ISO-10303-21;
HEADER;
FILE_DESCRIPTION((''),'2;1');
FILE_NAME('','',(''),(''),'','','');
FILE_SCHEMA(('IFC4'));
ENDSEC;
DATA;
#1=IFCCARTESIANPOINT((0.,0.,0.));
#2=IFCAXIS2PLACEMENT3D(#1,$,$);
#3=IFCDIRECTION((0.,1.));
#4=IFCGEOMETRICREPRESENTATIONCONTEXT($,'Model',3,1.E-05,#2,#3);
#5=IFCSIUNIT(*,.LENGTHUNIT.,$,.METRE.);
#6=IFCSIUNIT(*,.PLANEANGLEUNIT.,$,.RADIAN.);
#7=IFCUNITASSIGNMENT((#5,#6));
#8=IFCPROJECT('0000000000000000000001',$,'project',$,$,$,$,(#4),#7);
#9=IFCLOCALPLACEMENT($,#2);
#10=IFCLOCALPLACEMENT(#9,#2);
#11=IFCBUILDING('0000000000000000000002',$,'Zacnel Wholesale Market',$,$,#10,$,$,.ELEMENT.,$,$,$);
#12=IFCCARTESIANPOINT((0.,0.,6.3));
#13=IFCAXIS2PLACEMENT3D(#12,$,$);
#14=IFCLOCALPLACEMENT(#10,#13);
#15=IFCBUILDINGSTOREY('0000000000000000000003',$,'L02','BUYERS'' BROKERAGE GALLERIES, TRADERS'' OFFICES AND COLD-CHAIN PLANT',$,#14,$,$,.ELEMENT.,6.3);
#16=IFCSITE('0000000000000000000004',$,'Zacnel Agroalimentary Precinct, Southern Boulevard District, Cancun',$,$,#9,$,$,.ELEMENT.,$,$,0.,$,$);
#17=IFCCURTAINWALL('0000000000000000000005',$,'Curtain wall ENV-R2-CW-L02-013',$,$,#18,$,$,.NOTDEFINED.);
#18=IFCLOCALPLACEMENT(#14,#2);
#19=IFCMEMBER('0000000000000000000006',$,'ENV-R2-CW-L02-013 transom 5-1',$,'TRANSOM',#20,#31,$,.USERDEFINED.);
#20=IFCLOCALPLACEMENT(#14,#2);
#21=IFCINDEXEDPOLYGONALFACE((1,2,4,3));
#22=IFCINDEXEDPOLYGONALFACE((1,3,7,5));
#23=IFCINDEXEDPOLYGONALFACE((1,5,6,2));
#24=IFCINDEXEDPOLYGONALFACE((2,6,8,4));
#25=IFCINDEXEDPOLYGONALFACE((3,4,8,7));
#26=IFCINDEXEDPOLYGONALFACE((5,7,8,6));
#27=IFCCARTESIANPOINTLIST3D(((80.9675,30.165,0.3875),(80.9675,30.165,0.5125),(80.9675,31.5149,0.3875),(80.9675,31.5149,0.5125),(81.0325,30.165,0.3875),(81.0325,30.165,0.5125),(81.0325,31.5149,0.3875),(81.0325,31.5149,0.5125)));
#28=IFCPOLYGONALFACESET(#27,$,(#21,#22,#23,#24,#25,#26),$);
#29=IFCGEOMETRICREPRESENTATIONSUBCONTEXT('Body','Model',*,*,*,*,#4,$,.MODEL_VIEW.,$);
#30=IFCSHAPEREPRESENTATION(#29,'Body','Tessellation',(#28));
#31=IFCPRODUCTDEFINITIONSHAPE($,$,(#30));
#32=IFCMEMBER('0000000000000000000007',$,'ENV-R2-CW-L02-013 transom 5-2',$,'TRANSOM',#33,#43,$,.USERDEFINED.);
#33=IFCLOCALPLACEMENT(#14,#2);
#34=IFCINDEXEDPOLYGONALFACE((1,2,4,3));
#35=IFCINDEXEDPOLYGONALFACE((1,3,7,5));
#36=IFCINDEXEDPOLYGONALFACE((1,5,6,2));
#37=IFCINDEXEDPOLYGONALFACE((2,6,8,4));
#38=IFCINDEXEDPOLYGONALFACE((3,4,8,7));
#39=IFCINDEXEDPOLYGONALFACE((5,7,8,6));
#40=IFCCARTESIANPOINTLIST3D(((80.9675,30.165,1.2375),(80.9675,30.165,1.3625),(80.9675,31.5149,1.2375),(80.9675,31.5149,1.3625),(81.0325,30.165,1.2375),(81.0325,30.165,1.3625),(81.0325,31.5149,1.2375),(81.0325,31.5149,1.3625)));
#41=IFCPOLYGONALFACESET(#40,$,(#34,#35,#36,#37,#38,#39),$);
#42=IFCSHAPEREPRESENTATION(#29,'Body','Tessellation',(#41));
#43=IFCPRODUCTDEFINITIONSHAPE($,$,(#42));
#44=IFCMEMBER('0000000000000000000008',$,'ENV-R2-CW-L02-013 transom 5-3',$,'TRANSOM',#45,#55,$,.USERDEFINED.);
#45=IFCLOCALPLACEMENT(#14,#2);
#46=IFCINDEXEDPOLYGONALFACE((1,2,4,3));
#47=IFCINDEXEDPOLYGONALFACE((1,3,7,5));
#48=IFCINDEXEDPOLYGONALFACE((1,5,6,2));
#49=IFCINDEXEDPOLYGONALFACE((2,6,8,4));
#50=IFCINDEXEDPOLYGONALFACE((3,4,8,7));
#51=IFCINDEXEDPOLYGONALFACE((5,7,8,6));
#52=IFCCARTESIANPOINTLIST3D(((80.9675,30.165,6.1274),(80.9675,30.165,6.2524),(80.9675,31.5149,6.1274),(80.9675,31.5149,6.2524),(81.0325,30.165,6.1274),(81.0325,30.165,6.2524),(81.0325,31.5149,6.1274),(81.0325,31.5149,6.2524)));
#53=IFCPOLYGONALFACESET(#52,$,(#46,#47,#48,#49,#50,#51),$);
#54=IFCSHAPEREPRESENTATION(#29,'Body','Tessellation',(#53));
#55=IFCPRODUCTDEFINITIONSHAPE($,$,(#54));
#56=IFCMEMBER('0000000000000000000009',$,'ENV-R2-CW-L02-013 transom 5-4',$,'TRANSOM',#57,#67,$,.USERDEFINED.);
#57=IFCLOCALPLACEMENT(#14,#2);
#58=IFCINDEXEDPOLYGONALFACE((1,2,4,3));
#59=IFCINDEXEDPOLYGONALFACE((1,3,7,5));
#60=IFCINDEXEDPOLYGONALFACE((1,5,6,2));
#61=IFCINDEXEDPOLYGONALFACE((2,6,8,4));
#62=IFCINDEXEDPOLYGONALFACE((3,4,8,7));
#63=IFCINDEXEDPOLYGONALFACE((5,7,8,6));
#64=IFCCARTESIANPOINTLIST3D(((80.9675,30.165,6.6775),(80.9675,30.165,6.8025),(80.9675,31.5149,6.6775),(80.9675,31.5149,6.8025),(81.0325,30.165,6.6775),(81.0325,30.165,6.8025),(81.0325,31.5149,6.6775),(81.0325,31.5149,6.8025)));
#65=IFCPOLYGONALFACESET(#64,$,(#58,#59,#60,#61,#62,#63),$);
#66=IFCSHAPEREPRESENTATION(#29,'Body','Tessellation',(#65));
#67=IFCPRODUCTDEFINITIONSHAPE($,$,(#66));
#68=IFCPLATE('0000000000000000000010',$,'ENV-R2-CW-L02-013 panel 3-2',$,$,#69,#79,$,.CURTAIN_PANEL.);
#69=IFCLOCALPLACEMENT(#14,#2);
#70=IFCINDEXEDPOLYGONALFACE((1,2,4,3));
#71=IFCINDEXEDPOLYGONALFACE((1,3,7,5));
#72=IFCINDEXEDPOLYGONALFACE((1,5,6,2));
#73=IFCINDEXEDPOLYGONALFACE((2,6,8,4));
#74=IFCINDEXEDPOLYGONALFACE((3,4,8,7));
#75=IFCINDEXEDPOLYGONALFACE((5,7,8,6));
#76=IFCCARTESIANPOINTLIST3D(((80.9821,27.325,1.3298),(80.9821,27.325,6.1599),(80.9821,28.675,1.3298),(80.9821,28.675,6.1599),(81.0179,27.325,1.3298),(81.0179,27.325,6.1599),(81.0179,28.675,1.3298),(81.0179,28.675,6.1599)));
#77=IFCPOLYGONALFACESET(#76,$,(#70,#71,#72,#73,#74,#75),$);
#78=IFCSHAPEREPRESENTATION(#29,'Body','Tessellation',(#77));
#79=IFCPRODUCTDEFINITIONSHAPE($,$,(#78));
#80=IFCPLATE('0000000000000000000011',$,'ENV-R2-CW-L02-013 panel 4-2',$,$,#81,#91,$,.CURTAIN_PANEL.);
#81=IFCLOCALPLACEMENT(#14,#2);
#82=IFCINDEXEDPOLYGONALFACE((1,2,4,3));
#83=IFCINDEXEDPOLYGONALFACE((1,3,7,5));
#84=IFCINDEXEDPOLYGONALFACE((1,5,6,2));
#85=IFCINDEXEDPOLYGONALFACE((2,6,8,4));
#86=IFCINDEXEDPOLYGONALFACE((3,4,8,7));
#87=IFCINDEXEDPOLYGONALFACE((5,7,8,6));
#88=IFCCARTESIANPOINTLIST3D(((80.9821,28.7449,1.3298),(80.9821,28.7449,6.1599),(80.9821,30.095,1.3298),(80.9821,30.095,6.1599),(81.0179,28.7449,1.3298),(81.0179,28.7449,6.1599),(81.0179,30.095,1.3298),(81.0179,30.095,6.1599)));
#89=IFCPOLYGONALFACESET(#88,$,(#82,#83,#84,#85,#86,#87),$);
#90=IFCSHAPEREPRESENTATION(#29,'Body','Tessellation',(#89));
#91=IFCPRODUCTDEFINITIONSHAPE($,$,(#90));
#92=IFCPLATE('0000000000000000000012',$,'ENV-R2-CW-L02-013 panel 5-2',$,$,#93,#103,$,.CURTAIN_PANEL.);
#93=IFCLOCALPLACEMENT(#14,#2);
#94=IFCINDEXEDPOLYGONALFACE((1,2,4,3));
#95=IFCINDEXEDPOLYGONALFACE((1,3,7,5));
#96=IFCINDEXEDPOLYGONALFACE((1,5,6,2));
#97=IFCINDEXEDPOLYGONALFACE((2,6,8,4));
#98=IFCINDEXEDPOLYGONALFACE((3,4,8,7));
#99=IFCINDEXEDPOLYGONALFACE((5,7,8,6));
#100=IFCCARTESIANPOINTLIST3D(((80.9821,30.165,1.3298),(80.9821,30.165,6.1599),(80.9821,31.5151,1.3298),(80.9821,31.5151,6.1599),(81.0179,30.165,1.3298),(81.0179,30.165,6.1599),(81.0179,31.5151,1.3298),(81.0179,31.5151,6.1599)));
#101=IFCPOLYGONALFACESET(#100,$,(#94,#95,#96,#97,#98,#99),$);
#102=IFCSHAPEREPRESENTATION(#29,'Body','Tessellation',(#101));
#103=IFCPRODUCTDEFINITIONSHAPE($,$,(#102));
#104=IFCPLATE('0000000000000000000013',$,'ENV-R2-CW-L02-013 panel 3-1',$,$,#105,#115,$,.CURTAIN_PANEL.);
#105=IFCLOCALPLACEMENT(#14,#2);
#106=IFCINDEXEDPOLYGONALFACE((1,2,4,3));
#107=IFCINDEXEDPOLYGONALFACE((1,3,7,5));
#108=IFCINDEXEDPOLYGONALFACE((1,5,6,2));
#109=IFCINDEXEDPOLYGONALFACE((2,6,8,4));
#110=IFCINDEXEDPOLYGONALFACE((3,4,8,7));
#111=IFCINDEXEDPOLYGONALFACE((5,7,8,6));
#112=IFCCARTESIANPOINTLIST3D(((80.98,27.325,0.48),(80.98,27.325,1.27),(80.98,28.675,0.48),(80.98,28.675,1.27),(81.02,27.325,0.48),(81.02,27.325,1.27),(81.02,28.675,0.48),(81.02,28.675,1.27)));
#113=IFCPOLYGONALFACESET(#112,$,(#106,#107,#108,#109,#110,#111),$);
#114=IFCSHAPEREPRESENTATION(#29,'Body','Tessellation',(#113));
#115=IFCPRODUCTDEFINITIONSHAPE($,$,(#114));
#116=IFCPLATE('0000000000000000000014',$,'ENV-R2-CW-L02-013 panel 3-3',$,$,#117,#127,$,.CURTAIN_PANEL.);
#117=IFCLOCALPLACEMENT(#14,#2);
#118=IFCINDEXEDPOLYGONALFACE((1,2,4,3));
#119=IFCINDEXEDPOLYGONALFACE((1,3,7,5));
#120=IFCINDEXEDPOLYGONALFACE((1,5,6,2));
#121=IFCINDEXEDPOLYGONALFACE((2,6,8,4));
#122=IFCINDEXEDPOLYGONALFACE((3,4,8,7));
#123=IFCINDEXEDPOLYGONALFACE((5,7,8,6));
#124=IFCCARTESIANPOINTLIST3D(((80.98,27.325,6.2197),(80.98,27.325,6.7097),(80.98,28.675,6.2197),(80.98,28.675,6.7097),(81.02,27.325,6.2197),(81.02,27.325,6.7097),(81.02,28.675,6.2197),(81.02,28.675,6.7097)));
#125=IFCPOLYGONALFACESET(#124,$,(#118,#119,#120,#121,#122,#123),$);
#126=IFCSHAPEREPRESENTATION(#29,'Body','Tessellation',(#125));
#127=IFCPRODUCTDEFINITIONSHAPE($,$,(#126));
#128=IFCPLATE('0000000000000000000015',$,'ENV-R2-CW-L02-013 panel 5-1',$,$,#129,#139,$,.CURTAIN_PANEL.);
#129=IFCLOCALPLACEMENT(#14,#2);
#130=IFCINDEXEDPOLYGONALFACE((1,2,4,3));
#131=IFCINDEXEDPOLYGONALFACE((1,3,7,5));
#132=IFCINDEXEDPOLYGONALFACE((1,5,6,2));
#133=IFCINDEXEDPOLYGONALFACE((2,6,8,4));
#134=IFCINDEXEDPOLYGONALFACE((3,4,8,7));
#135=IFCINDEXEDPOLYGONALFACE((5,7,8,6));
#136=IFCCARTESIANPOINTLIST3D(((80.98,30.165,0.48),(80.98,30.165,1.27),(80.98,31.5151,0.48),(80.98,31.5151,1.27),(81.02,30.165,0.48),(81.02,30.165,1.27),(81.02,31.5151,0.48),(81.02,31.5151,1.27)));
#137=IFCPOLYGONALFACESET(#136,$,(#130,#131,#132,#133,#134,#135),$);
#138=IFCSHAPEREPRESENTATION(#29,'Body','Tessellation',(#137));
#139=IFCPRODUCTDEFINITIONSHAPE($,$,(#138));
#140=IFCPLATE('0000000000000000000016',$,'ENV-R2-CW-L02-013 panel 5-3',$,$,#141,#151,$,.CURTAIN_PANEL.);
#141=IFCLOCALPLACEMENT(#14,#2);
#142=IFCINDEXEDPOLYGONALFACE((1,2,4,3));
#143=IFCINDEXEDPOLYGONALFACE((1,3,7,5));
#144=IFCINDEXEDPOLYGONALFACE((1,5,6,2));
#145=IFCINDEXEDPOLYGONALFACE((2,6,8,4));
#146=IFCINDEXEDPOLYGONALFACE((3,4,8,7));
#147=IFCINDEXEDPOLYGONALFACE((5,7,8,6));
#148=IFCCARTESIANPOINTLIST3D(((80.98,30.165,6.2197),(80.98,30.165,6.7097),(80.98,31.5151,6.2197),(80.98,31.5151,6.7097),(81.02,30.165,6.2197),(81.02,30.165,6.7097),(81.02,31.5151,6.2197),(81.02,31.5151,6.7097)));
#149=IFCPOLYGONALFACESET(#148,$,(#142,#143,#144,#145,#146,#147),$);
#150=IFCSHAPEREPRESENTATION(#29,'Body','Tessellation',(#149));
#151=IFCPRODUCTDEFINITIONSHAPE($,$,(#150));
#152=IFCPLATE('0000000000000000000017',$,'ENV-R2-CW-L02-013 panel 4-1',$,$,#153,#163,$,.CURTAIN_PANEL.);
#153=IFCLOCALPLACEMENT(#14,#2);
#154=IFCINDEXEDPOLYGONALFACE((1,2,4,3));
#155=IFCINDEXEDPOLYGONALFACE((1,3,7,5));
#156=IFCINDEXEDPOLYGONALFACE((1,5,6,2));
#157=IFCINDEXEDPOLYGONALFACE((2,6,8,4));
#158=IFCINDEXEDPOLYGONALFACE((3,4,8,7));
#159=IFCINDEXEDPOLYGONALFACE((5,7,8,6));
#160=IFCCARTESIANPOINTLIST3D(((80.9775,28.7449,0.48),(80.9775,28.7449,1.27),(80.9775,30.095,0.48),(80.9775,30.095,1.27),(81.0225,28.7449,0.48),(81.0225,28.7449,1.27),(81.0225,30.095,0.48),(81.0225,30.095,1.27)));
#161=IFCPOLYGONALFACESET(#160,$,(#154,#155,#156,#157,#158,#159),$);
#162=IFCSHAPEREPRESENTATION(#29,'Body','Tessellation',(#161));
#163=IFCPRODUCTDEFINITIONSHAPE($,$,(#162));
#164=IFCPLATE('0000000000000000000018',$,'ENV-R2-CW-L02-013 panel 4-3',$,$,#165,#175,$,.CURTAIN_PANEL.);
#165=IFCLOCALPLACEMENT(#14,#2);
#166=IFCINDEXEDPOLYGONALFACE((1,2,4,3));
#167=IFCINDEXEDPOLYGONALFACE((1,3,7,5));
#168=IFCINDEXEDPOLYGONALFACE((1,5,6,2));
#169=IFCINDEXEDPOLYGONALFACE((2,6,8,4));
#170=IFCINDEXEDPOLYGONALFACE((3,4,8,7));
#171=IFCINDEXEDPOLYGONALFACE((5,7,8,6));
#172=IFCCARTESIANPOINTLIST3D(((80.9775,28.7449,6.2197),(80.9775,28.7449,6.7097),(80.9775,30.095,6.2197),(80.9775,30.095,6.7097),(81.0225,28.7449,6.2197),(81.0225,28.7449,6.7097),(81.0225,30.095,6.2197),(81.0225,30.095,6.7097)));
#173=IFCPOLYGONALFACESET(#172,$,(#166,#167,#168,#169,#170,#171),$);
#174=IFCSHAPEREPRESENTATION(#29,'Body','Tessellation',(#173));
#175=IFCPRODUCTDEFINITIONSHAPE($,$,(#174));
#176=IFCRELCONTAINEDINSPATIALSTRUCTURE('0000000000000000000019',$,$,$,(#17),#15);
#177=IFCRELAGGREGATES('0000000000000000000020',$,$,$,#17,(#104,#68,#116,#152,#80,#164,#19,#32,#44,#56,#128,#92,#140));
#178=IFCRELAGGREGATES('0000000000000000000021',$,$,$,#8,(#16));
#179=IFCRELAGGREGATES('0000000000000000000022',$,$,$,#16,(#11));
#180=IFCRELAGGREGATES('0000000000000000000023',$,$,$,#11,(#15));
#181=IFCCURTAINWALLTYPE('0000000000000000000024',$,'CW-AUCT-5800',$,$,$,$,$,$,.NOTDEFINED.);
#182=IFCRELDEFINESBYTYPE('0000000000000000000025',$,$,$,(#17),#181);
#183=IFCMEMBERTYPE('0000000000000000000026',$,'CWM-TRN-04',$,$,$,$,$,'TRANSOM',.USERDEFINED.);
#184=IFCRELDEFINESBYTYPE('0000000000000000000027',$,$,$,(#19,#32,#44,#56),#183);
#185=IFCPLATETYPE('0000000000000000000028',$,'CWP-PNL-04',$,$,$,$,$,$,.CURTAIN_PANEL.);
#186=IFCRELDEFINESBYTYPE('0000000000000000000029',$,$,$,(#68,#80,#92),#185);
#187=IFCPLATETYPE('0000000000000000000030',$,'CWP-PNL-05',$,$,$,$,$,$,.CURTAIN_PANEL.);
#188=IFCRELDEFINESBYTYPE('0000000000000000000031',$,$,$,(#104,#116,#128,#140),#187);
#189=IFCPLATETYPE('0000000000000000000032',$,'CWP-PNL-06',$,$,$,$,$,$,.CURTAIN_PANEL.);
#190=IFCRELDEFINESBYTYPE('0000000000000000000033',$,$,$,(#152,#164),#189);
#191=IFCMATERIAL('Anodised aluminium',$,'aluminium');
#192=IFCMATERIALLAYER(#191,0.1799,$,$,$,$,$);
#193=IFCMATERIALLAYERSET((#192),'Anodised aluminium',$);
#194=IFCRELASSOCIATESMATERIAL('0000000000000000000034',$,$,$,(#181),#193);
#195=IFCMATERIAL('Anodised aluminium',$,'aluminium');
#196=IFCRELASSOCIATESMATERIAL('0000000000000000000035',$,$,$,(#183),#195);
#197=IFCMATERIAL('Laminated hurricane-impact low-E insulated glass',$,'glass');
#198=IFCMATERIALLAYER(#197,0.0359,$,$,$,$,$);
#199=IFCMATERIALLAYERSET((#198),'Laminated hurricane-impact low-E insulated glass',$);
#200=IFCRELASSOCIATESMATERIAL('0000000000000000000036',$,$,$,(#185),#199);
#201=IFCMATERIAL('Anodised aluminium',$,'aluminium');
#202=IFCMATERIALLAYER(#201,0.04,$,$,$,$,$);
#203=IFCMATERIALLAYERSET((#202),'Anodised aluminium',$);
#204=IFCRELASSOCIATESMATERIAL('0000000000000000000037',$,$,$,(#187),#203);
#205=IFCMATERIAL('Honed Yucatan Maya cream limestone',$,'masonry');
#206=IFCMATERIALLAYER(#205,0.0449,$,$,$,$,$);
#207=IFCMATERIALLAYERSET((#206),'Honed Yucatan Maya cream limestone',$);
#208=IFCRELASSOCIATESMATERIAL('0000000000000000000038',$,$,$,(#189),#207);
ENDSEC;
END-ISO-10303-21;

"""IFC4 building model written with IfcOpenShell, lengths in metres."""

from ifc_helpers import new_model, si_unit, direction, frame, origin, origin_2d, place, context, subcontext, project, spatial, rectangle, extrude, material, layer, layer_set, material_profile, profile_set, type_object, element, aggregate, save


model = new_model("IFC4")

# Units and contexts
model_context = context("Model", 3, precision=1e-05, world=origin(), true_north=direction((0.0, 1.0)))
body_context = subcontext(model_context, "Body", "Model", "MODEL_VIEW")
ifc_project = project(units=[si_unit("LENGTHUNIT", "METRE"), si_unit("PLANEANGLEUNIT", "RADIAN")], contexts=[model_context])

# Site, building, storey
site_placement = place(None, origin())
site = spatial("IfcSite", under=ifc_project, at=site_placement, Name="Zacnel Agroalimentary Precinct, Southern Boulevard District, Cancun", CompositionType="ELEMENT", RefElevation=0.0)
building_placement = place(site_placement, origin())
building = spatial("IfcBuilding", under=site, at=building_placement, Name="Zacnel Wholesale Market", CompositionType="ELEMENT")
storey_placement = place(building_placement, frame((0.0, 0.0, 6.3)))
storey = spatial("IfcBuildingStorey", under=building, at=storey_placement, Name="L02", Description="BUYERS' BROKERAGE GALLERIES, TRADERS' OFFICES AND COLD-CHAIN PLANT", CompositionType="ELEMENT", Elevation=6.3)

# Curtain wall, members, plates
ifc_material_1 = material(Name="Anodised aluminium", Category="aluminium")
ifc_layer_1 = layer(ifc_material_1, 0.1799)
ifc_layer_set_1 = layer_set([ifc_layer_1], Name="Anodised aluminium")
curtain_wall_type = type_object("IfcCurtainWallType", Name="CW-AUCT-5800", PredefinedType="NOTDEFINED", material=ifc_layer_set_1)
curtain_wall_placement = place(storey_placement, origin())
curtain_wall = element("IfcCurtainWall", 1, at=curtain_wall_placement, inside=storey, type_object=curtain_wall_type, Name="Curtain wall ENV-R2-CW-L02-013", PredefinedType="NOTDEFINED")
ifc_material_2 = material(Name="Anodised aluminium", Category="aluminium")
ifc_material_profile_1 = material_profile(ifc_material_2, rectangle(XDim=0.0649, YDim=0.125, at=origin_2d()), Name="AW-TRANSOM 65x125")
ifc_profile_set_1 = profile_set([ifc_material_profile_1], Name="Anodised aluminium")
member_type_1 = type_object("IfcMemberType", Name="CWM-TRN-04", ElementType="TRANSOM", PredefinedType="USERDEFINED", material=ifc_profile_set_1)
member_1_placement = place(storey_placement, frame((81.0, 30.165, 0.45), z_axis=(0.0, 1.0, 0.0), x_axis=(-1.0, 0.0, 0.0)))
member_1 = element("IfcMember", 2, at=member_1_placement, type_object=member_type_1, Name="ENV-R2-CW-L02-013 transom 5-1", ObjectType="TRANSOM", PredefinedType="USERDEFINED", context=body_context, shape_type="SweptSolid", body=[
    extrude(rectangle(XDim=0.0649, YDim=0.125, at=origin_2d()), origin(), (0.0, 0.0, 1.0), 1.3499),
])
member_2_placement = place(storey_placement, frame((81.0, 30.165, 1.3), z_axis=(0.0, 1.0, 0.0), x_axis=(-1.0, 0.0, 0.0)))
member_2 = element("IfcMember", 3, at=member_2_placement, type_object=member_type_1, Name="ENV-R2-CW-L02-013 transom 5-2", ObjectType="TRANSOM", PredefinedType="USERDEFINED", context=body_context, shape_type="SweptSolid", body=[
    extrude(rectangle(XDim=0.0649, YDim=0.125, at=origin_2d()), origin(), (0.0, 0.0, 1.0), 1.3499),
])
member_3_placement = place(storey_placement, frame((81.0, 30.165, 6.1899), z_axis=(0.0, 1.0, 0.0), x_axis=(-1.0, 0.0, 0.0)))
member_3 = element("IfcMember", 4, at=member_3_placement, type_object=member_type_1, Name="ENV-R2-CW-L02-013 transom 5-3", ObjectType="TRANSOM", PredefinedType="USERDEFINED", context=body_context, shape_type="SweptSolid", body=[
    extrude(rectangle(XDim=0.0649, YDim=0.125, at=origin_2d()), origin(), (0.0, 0.0, 1.0), 1.3499),
])
member_4_placement = place(storey_placement, frame((81.0, 30.165, 6.74), z_axis=(0.0, 1.0, 0.0), x_axis=(-1.0, 0.0, 0.0)))
member_4 = element("IfcMember", 5, at=member_4_placement, type_object=member_type_1, Name="ENV-R2-CW-L02-013 transom 5-4", ObjectType="TRANSOM", PredefinedType="USERDEFINED", context=body_context, shape_type="SweptSolid", body=[
    extrude(rectangle(XDim=0.0649, YDim=0.125, at=origin_2d()), origin(), (0.0, 0.0, 1.0), 1.3499),
])
ifc_material_3 = material(Name="Laminated hurricane-impact low-E insulated glass", Category="glass")
ifc_layer_2 = layer(ifc_material_3, 0.0359)
ifc_layer_set_2 = layer_set([ifc_layer_2], Name="Laminated hurricane-impact low-E insulated glass")
plate_type_1 = type_object("IfcPlateType", Name="CWP-PNL-04", PredefinedType="CURTAIN_PANEL", material=ifc_layer_set_2)
plate_1_placement = place(storey_placement, frame((81.0, 28.0, 1.3298), z_axis=(0.0, 0.0, 1.0), x_axis=(0.0, 1.0, 0.0)))
plate_1 = element("IfcPlate", 6, at=plate_1_placement, type_object=plate_type_1, Name="ENV-R2-CW-L02-013 panel 3-2", PredefinedType="CURTAIN_PANEL", context=body_context, shape_type="SweptSolid", body=[
    extrude(rectangle(XDim=1.3501, YDim=0.0359, at=origin_2d()), origin(), (0.0, 0.0, 1.0), 4.8301),
])
plate_2_placement = place(storey_placement, frame((81.0, 29.4199, 1.3298), z_axis=(0.0, 0.0, 1.0), x_axis=(0.0, 1.0, 0.0)))
plate_2 = element("IfcPlate", 7, at=plate_2_placement, type_object=plate_type_1, Name="ENV-R2-CW-L02-013 panel 4-2", PredefinedType="CURTAIN_PANEL", context=body_context, shape_type="SweptSolid", body=[
    extrude(rectangle(XDim=1.3501, YDim=0.0359, at=origin_2d()), origin(), (0.0, 0.0, 1.0), 4.8301),
])
plate_3_placement = place(storey_placement, frame((81.0, 30.8401, 1.3298), z_axis=(0.0, 0.0, 1.0), x_axis=(0.0, 1.0, 0.0)))
plate_3 = element("IfcPlate", 8, at=plate_3_placement, type_object=plate_type_1, Name="ENV-R2-CW-L02-013 panel 5-2", PredefinedType="CURTAIN_PANEL", context=body_context, shape_type="SweptSolid", body=[
    extrude(rectangle(XDim=1.3501, YDim=0.0359, at=origin_2d()), origin(), (0.0, 0.0, 1.0), 4.8301),
])
ifc_material_4 = material(Name="Anodised aluminium", Category="aluminium")
ifc_layer_3 = layer(ifc_material_4, 0.04)
ifc_layer_set_3 = layer_set([ifc_layer_3], Name="Anodised aluminium")
plate_type_2 = type_object("IfcPlateType", Name="CWP-PNL-05", PredefinedType="CURTAIN_PANEL", material=ifc_layer_set_3)
plate_4_placement = place(storey_placement, frame((81.0, 28.0, 0.48), z_axis=(0.0, 0.0, 1.0), x_axis=(0.0, 1.0, 0.0)))
plate_4 = element("IfcPlate", 9, at=plate_4_placement, type_object=plate_type_2, Name="ENV-R2-CW-L02-013 panel 3-1", PredefinedType="CURTAIN_PANEL", context=body_context, shape_type="SweptSolid", body=[
    extrude(rectangle(XDim=1.3501, YDim=0.04, at=origin_2d()), origin(), (0.0, 0.0, 1.0), 0.79),
])
plate_5_placement = place(storey_placement, frame((81.0, 28.0, 6.2197), z_axis=(0.0, 0.0, 1.0), x_axis=(0.0, 1.0, 0.0)))
plate_5 = element("IfcPlate", 10, at=plate_5_placement, type_object=plate_type_2, Name="ENV-R2-CW-L02-013 panel 3-3", PredefinedType="CURTAIN_PANEL", context=body_context, shape_type="SweptSolid", body=[
    extrude(rectangle(XDim=1.3501, YDim=0.04, at=origin_2d()), origin(), (0.0, 0.0, 1.0), 0.49),
])
plate_6_placement = place(storey_placement, frame((81.0, 30.8401, 0.48), z_axis=(0.0, 0.0, 1.0), x_axis=(0.0, 1.0, 0.0)))
plate_6 = element("IfcPlate", 11, at=plate_6_placement, type_object=plate_type_2, Name="ENV-R2-CW-L02-013 panel 5-1", PredefinedType="CURTAIN_PANEL", context=body_context, shape_type="SweptSolid", body=[
    extrude(rectangle(XDim=1.3501, YDim=0.04, at=origin_2d()), origin(), (0.0, 0.0, 1.0), 0.79),
])
plate_7_placement = place(storey_placement, frame((81.0, 30.8401, 6.2197), z_axis=(0.0, 0.0, 1.0), x_axis=(0.0, 1.0, 0.0)))
plate_7 = element("IfcPlate", 12, at=plate_7_placement, type_object=plate_type_2, Name="ENV-R2-CW-L02-013 panel 5-3", PredefinedType="CURTAIN_PANEL", context=body_context, shape_type="SweptSolid", body=[
    extrude(rectangle(XDim=1.3501, YDim=0.04, at=origin_2d()), origin(), (0.0, 0.0, 1.0), 0.49),
])
ifc_material_5 = material(Name="Honed Yucatan Maya cream limestone", Category="masonry")
ifc_layer_4 = layer(ifc_material_5, 0.0449)
ifc_layer_set_4 = layer_set([ifc_layer_4], Name="Honed Yucatan Maya cream limestone")
plate_type_3 = type_object("IfcPlateType", Name="CWP-PNL-06", PredefinedType="CURTAIN_PANEL", material=ifc_layer_set_4)
plate_8_placement = place(storey_placement, frame((81.0, 29.4199, 0.48), z_axis=(0.0, 0.0, 1.0), x_axis=(0.0, 1.0, 0.0)))
plate_8 = element("IfcPlate", 13, at=plate_8_placement, type_object=plate_type_3, Name="ENV-R2-CW-L02-013 panel 4-1", PredefinedType="CURTAIN_PANEL", context=body_context, shape_type="SweptSolid", body=[
    extrude(rectangle(XDim=1.3501, YDim=0.0449, at=origin_2d()), origin(), (0.0, 0.0, 1.0), 0.79),
])
plate_9_placement = place(storey_placement, frame((81.0, 29.4199, 6.2197), z_axis=(0.0, 0.0, 1.0), x_axis=(0.0, 1.0, 0.0)))
plate_9 = element("IfcPlate", 14, at=plate_9_placement, type_object=plate_type_3, Name="ENV-R2-CW-L02-013 panel 4-3", PredefinedType="CURTAIN_PANEL", context=body_context, shape_type="SweptSolid", body=[
    extrude(rectangle(XDim=1.3501, YDim=0.0449, at=origin_2d()), origin(), (0.0, 0.0, 1.0), 0.49),
])
aggregate(curtain_wall, [plate_4, plate_1, plate_5, plate_8, plate_2, plate_9, member_1, member_2, member_3, member_4, plate_6, plate_3, plate_7])

save(model, "model.ifc")
